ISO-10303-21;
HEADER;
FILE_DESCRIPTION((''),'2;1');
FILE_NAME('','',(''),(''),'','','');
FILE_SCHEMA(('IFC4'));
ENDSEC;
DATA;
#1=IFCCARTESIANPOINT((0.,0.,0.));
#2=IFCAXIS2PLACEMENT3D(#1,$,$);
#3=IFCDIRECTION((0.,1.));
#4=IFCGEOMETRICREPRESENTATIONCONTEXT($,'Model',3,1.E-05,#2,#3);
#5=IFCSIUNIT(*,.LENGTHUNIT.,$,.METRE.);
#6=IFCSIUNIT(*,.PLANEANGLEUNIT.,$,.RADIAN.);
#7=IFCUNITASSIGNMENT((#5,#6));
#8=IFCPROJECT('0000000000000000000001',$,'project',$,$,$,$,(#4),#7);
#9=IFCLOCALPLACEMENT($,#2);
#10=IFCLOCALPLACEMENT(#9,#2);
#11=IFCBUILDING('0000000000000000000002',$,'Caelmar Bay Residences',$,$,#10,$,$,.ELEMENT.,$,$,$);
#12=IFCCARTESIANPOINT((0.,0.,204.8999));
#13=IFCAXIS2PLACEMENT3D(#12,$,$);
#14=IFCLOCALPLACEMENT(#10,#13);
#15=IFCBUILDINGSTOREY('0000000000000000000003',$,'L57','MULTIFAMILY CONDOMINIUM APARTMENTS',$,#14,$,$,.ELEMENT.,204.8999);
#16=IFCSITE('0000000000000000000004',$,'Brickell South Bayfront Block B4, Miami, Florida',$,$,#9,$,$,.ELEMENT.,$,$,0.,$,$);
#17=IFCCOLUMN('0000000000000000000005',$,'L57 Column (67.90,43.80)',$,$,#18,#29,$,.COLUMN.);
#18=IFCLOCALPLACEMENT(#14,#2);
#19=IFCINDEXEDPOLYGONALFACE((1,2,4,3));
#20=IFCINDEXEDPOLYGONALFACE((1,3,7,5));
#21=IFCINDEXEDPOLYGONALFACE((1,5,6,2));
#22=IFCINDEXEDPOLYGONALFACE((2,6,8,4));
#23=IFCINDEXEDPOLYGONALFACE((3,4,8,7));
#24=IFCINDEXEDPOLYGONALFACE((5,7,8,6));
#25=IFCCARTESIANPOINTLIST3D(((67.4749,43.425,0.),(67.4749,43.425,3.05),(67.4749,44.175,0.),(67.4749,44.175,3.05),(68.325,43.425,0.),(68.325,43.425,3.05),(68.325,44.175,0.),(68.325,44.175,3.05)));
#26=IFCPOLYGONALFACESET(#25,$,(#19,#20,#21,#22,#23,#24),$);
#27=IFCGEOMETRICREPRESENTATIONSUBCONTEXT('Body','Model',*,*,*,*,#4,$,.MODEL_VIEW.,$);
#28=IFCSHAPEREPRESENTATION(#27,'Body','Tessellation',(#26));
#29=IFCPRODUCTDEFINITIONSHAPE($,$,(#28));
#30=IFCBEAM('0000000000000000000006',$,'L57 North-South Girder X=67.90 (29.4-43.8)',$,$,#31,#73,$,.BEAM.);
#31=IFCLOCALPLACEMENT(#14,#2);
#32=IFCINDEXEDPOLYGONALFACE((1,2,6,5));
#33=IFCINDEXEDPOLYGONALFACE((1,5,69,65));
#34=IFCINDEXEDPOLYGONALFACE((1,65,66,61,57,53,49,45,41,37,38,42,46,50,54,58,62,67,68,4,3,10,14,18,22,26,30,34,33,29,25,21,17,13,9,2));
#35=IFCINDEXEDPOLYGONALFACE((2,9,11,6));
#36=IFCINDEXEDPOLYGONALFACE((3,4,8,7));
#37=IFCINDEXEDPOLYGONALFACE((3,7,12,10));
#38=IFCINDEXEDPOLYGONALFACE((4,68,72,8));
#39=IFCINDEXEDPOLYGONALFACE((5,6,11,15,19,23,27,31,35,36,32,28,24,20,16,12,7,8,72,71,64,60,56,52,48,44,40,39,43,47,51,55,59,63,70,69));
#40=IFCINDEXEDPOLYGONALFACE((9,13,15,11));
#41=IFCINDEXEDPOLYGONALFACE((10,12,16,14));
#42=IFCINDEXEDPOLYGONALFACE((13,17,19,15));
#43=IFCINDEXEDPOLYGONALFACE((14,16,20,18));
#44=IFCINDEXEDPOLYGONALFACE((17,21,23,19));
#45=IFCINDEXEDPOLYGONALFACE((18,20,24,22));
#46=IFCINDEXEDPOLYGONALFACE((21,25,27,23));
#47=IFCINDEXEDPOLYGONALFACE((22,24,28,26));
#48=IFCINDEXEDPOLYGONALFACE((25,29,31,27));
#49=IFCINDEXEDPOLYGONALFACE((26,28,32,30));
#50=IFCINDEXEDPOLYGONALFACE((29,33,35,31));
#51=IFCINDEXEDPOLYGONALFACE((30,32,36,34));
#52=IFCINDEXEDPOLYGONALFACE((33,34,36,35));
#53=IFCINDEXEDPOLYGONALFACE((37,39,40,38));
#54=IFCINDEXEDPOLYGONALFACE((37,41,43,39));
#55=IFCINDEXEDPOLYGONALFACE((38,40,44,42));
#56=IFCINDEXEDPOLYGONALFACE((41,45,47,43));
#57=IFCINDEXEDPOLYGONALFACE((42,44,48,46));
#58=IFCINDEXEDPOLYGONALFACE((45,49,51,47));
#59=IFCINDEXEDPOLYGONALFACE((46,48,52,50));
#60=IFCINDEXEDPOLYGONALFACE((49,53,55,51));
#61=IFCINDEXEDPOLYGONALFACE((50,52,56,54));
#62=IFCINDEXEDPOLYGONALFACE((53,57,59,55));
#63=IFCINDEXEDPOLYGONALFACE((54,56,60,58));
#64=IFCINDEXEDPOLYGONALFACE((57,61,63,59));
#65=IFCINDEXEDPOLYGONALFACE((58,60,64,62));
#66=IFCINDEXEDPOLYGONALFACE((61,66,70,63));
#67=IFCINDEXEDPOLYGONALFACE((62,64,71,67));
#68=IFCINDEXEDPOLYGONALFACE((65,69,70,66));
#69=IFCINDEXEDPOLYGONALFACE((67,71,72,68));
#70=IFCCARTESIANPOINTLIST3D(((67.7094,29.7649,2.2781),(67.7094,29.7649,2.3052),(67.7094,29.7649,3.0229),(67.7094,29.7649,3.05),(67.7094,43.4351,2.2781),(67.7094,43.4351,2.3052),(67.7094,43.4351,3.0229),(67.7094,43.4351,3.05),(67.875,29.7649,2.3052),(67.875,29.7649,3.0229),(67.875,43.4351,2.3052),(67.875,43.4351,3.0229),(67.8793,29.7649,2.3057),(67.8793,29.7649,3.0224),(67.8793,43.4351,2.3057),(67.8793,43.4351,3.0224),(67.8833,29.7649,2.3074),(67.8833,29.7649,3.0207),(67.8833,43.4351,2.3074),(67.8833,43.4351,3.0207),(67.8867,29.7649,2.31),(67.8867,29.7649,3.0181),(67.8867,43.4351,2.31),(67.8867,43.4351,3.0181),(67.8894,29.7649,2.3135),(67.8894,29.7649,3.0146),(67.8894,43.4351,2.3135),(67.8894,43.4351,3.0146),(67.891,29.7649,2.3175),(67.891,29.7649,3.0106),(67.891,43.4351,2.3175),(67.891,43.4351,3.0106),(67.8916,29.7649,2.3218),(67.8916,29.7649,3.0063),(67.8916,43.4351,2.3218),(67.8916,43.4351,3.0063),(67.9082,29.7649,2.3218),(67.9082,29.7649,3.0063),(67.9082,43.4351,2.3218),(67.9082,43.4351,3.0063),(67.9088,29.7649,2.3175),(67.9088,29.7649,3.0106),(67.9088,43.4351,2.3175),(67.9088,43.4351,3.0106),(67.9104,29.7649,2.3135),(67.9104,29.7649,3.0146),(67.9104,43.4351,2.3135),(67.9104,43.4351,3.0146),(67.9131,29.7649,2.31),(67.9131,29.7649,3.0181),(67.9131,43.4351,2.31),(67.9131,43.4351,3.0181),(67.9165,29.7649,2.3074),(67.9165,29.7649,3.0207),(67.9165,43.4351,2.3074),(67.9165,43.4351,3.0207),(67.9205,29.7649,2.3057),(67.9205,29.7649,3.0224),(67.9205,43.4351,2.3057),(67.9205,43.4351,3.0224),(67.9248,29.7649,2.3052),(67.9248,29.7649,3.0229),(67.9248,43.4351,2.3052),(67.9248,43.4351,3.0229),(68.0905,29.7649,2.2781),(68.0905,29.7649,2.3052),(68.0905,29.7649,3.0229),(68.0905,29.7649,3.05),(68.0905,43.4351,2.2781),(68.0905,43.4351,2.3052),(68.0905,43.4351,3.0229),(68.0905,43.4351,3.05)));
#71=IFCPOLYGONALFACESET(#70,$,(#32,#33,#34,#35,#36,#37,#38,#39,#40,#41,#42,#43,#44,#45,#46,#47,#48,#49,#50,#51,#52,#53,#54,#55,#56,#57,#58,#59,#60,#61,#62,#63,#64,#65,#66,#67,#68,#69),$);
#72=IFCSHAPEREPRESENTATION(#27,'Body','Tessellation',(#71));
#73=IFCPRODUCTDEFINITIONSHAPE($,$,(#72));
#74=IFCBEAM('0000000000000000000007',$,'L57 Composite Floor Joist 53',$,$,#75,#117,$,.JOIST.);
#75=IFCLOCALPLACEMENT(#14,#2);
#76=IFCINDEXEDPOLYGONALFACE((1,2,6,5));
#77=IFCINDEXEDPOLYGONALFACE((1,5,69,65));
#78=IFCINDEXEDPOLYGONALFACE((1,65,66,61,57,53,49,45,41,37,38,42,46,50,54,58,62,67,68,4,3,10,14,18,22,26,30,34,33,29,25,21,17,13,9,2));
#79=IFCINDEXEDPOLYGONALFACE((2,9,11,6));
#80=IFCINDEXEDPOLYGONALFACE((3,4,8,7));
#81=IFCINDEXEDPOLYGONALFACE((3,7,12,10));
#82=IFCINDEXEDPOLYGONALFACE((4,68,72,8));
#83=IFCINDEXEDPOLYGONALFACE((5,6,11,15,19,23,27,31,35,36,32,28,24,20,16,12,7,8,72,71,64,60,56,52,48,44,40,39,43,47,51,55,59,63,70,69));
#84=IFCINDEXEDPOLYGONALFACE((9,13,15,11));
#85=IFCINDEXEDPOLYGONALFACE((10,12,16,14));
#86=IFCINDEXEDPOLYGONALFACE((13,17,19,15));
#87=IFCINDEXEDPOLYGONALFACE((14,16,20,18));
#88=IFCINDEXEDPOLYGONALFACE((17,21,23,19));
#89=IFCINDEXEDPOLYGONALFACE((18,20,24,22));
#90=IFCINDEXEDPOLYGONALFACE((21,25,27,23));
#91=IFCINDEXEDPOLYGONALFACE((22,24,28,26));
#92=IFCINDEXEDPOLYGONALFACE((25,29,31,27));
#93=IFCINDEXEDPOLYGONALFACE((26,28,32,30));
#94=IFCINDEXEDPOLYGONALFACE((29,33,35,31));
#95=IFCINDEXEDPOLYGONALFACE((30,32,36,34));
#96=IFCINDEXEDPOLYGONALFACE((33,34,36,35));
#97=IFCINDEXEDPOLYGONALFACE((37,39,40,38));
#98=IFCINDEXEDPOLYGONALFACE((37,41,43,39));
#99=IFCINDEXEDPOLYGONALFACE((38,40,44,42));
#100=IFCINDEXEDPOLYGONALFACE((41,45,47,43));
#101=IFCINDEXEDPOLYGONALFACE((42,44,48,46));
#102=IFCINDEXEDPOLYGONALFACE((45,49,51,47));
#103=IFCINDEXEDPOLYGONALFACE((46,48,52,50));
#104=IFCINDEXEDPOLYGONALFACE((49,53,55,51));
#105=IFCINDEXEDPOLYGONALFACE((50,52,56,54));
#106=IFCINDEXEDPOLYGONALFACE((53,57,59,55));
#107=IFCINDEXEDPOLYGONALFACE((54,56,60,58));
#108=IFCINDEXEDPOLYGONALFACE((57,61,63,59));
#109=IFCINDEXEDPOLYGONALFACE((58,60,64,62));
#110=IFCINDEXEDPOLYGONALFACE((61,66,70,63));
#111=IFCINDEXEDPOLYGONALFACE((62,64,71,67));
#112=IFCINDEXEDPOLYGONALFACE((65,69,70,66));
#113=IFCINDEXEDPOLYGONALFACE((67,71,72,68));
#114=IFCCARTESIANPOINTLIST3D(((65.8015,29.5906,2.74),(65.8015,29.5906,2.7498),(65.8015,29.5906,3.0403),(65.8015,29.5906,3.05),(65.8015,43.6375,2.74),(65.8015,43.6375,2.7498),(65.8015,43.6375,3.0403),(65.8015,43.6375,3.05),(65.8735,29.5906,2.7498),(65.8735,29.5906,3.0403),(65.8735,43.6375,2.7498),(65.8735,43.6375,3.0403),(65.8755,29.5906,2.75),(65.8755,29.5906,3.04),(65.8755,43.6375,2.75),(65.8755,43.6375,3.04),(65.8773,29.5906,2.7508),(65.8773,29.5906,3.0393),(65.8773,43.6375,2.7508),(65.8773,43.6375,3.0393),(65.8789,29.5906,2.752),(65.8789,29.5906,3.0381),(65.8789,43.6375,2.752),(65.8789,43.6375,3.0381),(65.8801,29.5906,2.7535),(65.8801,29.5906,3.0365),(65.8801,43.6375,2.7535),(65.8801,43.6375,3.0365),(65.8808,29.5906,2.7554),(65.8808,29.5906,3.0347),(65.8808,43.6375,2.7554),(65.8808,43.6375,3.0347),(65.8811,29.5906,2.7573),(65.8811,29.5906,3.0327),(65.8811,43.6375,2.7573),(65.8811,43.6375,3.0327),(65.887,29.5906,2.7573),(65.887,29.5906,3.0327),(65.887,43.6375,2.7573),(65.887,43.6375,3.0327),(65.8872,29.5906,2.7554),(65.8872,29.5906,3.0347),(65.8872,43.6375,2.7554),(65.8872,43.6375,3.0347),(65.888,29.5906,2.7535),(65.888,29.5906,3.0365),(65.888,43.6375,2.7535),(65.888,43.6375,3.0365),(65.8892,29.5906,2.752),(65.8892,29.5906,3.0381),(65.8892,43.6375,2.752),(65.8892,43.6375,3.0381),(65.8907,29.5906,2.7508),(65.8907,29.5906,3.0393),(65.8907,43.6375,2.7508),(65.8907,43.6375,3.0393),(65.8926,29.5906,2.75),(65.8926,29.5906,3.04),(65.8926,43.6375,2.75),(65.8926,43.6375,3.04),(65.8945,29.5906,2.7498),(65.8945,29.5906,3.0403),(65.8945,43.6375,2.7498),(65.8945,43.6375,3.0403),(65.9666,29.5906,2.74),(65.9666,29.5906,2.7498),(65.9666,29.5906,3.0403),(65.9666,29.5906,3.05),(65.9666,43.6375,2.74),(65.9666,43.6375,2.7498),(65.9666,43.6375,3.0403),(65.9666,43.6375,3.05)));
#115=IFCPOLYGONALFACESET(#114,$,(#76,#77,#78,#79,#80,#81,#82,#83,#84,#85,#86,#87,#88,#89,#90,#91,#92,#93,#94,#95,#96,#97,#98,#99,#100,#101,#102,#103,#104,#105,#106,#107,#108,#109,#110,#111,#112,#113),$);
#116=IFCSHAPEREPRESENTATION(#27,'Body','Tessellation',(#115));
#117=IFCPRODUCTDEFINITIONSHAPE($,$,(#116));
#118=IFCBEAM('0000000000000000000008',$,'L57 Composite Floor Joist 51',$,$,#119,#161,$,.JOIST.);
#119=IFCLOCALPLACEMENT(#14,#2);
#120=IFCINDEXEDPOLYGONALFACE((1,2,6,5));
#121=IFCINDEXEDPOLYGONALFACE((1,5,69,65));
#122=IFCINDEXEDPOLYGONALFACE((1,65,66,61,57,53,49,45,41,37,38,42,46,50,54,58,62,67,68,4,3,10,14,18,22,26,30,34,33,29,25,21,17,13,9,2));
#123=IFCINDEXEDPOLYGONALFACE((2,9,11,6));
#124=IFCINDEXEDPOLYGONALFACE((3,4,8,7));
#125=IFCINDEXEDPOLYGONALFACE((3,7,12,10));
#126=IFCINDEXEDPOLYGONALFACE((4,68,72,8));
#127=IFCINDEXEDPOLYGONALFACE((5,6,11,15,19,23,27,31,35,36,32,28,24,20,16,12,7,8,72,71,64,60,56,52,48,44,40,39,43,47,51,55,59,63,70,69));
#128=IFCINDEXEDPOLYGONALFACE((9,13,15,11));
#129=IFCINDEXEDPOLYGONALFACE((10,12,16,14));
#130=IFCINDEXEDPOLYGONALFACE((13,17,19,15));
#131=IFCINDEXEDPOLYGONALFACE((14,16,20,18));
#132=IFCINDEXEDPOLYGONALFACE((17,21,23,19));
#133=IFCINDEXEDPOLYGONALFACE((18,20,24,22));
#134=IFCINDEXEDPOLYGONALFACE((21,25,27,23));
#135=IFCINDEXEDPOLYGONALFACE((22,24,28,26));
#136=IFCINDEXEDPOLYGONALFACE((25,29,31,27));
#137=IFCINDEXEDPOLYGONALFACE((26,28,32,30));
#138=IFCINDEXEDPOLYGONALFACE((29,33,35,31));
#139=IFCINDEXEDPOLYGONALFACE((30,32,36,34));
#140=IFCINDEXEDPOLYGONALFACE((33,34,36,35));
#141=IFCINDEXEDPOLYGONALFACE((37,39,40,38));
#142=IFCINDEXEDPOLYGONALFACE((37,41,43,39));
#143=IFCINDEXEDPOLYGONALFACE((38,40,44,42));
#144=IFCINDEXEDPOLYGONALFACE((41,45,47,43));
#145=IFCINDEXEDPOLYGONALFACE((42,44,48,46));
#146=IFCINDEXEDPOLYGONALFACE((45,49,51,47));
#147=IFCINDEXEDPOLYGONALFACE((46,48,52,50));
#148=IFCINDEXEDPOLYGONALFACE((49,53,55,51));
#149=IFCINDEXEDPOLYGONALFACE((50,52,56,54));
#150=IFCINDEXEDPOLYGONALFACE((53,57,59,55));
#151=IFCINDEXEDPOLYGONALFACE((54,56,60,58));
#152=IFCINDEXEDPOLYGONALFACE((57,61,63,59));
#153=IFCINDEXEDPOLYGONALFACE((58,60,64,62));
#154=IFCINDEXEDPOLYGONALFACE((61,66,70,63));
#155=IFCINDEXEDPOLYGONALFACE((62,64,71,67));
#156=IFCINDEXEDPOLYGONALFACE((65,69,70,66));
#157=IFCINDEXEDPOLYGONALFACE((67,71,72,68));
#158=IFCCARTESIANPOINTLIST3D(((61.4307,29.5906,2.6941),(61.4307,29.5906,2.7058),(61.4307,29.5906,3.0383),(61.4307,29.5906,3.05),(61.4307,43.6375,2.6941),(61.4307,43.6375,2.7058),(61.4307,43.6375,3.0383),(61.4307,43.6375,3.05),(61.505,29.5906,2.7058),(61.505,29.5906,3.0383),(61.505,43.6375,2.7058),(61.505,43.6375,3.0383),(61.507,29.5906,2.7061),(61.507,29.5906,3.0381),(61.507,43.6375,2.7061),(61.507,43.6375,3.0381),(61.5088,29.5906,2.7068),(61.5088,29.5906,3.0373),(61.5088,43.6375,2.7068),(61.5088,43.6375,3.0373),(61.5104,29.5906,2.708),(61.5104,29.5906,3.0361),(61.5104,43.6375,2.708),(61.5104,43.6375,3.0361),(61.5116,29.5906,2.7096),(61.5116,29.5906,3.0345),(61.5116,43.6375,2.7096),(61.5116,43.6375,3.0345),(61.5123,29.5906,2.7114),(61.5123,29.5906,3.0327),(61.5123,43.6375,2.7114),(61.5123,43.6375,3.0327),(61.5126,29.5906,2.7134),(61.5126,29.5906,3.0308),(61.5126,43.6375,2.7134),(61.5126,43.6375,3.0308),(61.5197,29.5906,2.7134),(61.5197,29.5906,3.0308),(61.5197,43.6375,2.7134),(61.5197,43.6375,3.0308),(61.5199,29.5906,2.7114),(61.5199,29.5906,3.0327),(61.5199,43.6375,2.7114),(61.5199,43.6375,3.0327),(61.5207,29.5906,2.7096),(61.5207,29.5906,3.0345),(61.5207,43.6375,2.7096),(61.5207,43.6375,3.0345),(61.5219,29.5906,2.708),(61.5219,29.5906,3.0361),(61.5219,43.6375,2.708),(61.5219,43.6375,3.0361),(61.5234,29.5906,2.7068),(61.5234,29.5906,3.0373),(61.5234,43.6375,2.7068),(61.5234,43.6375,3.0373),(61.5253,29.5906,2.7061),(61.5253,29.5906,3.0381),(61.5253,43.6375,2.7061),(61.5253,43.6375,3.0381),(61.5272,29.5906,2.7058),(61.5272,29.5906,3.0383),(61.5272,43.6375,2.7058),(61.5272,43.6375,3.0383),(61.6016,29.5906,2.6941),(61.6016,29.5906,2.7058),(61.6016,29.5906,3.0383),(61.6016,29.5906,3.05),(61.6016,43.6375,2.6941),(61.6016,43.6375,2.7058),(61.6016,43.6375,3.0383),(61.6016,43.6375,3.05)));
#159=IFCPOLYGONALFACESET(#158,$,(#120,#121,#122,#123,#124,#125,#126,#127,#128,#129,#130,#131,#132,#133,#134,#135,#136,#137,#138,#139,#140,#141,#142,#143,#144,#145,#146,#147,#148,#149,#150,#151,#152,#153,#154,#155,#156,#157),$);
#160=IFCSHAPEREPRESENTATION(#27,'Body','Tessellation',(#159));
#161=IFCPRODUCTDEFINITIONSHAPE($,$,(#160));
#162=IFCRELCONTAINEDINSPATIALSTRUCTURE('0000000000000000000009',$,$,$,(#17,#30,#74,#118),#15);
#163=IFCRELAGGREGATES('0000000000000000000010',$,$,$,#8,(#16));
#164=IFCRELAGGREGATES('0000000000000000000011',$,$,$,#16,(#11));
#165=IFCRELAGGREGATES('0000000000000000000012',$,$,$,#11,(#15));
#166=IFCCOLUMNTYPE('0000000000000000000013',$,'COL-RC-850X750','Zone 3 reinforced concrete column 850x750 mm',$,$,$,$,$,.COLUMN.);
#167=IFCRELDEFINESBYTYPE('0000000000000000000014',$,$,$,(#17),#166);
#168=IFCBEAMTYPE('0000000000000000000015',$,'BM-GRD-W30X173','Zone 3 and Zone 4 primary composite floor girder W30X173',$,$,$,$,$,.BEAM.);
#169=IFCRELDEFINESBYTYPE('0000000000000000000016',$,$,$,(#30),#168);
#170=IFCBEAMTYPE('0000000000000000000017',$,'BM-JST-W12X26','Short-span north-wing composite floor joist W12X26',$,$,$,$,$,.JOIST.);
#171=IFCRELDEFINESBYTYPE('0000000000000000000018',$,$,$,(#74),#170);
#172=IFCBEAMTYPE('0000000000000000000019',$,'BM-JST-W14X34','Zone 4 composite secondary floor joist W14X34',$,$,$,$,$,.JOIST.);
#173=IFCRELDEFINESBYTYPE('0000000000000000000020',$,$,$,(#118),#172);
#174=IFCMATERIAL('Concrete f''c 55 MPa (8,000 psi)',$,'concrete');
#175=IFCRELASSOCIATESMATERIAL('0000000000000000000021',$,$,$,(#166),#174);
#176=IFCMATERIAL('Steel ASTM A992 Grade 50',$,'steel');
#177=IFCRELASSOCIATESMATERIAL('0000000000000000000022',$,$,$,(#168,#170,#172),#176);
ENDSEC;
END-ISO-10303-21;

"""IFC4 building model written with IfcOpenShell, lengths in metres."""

from ifc_helpers import new_model, si_unit, direction, frame, origin, origin_2d, place, context, subcontext, project, spatial, rectangle, i_section, extrude, material, material_profile, profile_set, type_object, element, save


model = new_model("IFC4")

# Units and contexts
model_context = context("Model", 3, precision=1e-05, world=origin(), true_north=direction((0.0, 1.0)))
body_context = subcontext(model_context, "Body", "Model", "MODEL_VIEW")
ifc_project = project(units=[si_unit("LENGTHUNIT", "METRE"), si_unit("PLANEANGLEUNIT", "RADIAN")], contexts=[model_context])

# Site, building, storey
site_placement = place(None, origin())
site = spatial("IfcSite", under=ifc_project, at=site_placement, Name="Brickell South Bayfront Block B4, Miami, Florida", CompositionType="ELEMENT", RefElevation=0.0)
building_placement = place(site_placement, origin())
building = spatial("IfcBuilding", under=site, at=building_placement, Name="Caelmar Bay Residences", CompositionType="ELEMENT")
storey_placement = place(building_placement, frame((0.0, 0.0, 204.8999)))
storey = spatial("IfcBuildingStorey", under=building, at=storey_placement, Name="L57", Description="MULTIFAMILY CONDOMINIUM APARTMENTS", CompositionType="ELEMENT", Elevation=204.8999)

# Column
ifc_material_1 = material(Name="Concrete f'c 55 MPa (8,000 psi)", Category="concrete")
ifc_material_profile_1 = material_profile(ifc_material_1, rectangle(XDim=0.8501, YDim=0.75, at=origin_2d()), Name="RC-COL-850X750")
ifc_profile_set_1 = profile_set([ifc_material_profile_1], Name="Concrete f'c 55 MPa (8,000 psi)")
column_type = type_object("IfcColumnType", Name="COL-RC-850X750", Description="Zone 3 reinforced concrete column 850x750 mm", PredefinedType="COLUMN", material=ifc_profile_set_1)
column_placement = place(storey_placement, frame((67.8999, 43.8, 0.0), z_axis=(0.0, 0.0, 1.0), x_axis=(1.0, 0.0, 0.0)))
element("IfcColumn", 1, at=column_placement, inside=storey, type_object=column_type, Name="L57 Column (67.90,43.80)", PredefinedType="COLUMN", context=body_context, shape_type="SweptSolid", body=[
    extrude(rectangle(XDim=0.8501, YDim=0.75, at=origin_2d()), origin(), (0.0, 0.0, 1.0), 3.05),
])

# Beams
ifc_material_2 = material(Name="Steel ASTM A992 Grade 50", Category="steel")
ifc_material_profile_2 = material_profile(ifc_material_2, i_section(OverallWidth=0.3811, OverallDepth=0.772, WebThickness=0.0166, FlangeThickness=0.0271, FilletRadius=0.0166, at=origin_2d()), Name="W30X173")
ifc_profile_set_2 = profile_set([ifc_material_profile_2], Name="Steel ASTM A992 Grade 50")
beam_type_1 = type_object("IfcBeamType", Name="BM-GRD-W30X173", Description="Zone 3 and Zone 4 primary composite floor girder W30X173", PredefinedType="BEAM", material=ifc_profile_set_2)
beam_1_placement = place(storey_placement, frame((67.8999, 29.7649, 2.6641), z_axis=(0.0, 1.0, 0.0), x_axis=(-1.0, 0.0, 0.0)))
element("IfcBeam", 2, at=beam_1_placement, inside=storey, type_object=beam_type_1, Name="L57 North-South Girder X=67.90 (29.4-43.8)", PredefinedType="BEAM", context=body_context, shape_type="SweptSolid", body=[
    extrude(i_section(OverallWidth=0.3811, OverallDepth=0.772, WebThickness=0.0166, FlangeThickness=0.0271, FilletRadius=0.0166, at=origin_2d()), origin(), (0.0, 0.0, 1.0), 13.6702),
])
ifc_material_profile_3 = material_profile(ifc_material_2, i_section(OverallWidth=0.165, OverallDepth=0.3101, WebThickness=0.0059, FlangeThickness=0.0098, FilletRadius=0.0076, at=origin_2d()), Name="W12X26")
ifc_profile_set_3 = profile_set([ifc_material_profile_3], Name="Steel ASTM A992 Grade 50")
beam_type_2 = type_object("IfcBeamType", Name="BM-JST-W12X26", Description="Short-span north-wing composite floor joist W12X26", PredefinedType="JOIST", material=ifc_profile_set_3)
beam_2_placement = place(storey_placement, frame((65.884, 29.5906, 2.895), z_axis=(0.0, 1.0, 0.0), x_axis=(-1.0, 0.0, 0.0)))
element("IfcBeam", 3, at=beam_2_placement, inside=storey, type_object=beam_type_2, Name="L57 Composite Floor Joist 53", PredefinedType="JOIST", context=body_context, shape_type="SweptSolid", body=[
    extrude(i_section(OverallWidth=0.165, OverallDepth=0.3101, WebThickness=0.0059, FlangeThickness=0.0098, FilletRadius=0.0076, at=origin_2d()), origin(), (0.0, 0.0, 1.0), 14.0469),
])
ifc_material_profile_4 = material_profile(ifc_material_2, i_section(OverallWidth=0.1709, OverallDepth=0.356, WebThickness=0.0071, FlangeThickness=0.0117, FilletRadius=0.0076, at=origin_2d()), Name="W14X34")
ifc_profile_set_4 = profile_set([ifc_material_profile_4], Name="Steel ASTM A992 Grade 50")
beam_type_3 = type_object("IfcBeamType", Name="BM-JST-W14X34", Description="Zone 4 composite secondary floor joist W14X34", PredefinedType="JOIST", material=ifc_profile_set_4)
beam_3_placement = place(storey_placement, frame((61.5161, 29.5906, 2.8721), z_axis=(0.0, 1.0, 0.0), x_axis=(-1.0, 0.0, 0.0)))
element("IfcBeam", 4, at=beam_3_placement, inside=storey, type_object=beam_type_3, Name="L57 Composite Floor Joist 51", PredefinedType="JOIST", context=body_context, shape_type="SweptSolid", body=[
    extrude(i_section(OverallWidth=0.1709, OverallDepth=0.356, WebThickness=0.0071, FlangeThickness=0.0117, FilletRadius=0.0076, at=origin_2d()), origin(), (0.0, 0.0, 1.0), 14.0469),
])

save(model, "model.ifc")
